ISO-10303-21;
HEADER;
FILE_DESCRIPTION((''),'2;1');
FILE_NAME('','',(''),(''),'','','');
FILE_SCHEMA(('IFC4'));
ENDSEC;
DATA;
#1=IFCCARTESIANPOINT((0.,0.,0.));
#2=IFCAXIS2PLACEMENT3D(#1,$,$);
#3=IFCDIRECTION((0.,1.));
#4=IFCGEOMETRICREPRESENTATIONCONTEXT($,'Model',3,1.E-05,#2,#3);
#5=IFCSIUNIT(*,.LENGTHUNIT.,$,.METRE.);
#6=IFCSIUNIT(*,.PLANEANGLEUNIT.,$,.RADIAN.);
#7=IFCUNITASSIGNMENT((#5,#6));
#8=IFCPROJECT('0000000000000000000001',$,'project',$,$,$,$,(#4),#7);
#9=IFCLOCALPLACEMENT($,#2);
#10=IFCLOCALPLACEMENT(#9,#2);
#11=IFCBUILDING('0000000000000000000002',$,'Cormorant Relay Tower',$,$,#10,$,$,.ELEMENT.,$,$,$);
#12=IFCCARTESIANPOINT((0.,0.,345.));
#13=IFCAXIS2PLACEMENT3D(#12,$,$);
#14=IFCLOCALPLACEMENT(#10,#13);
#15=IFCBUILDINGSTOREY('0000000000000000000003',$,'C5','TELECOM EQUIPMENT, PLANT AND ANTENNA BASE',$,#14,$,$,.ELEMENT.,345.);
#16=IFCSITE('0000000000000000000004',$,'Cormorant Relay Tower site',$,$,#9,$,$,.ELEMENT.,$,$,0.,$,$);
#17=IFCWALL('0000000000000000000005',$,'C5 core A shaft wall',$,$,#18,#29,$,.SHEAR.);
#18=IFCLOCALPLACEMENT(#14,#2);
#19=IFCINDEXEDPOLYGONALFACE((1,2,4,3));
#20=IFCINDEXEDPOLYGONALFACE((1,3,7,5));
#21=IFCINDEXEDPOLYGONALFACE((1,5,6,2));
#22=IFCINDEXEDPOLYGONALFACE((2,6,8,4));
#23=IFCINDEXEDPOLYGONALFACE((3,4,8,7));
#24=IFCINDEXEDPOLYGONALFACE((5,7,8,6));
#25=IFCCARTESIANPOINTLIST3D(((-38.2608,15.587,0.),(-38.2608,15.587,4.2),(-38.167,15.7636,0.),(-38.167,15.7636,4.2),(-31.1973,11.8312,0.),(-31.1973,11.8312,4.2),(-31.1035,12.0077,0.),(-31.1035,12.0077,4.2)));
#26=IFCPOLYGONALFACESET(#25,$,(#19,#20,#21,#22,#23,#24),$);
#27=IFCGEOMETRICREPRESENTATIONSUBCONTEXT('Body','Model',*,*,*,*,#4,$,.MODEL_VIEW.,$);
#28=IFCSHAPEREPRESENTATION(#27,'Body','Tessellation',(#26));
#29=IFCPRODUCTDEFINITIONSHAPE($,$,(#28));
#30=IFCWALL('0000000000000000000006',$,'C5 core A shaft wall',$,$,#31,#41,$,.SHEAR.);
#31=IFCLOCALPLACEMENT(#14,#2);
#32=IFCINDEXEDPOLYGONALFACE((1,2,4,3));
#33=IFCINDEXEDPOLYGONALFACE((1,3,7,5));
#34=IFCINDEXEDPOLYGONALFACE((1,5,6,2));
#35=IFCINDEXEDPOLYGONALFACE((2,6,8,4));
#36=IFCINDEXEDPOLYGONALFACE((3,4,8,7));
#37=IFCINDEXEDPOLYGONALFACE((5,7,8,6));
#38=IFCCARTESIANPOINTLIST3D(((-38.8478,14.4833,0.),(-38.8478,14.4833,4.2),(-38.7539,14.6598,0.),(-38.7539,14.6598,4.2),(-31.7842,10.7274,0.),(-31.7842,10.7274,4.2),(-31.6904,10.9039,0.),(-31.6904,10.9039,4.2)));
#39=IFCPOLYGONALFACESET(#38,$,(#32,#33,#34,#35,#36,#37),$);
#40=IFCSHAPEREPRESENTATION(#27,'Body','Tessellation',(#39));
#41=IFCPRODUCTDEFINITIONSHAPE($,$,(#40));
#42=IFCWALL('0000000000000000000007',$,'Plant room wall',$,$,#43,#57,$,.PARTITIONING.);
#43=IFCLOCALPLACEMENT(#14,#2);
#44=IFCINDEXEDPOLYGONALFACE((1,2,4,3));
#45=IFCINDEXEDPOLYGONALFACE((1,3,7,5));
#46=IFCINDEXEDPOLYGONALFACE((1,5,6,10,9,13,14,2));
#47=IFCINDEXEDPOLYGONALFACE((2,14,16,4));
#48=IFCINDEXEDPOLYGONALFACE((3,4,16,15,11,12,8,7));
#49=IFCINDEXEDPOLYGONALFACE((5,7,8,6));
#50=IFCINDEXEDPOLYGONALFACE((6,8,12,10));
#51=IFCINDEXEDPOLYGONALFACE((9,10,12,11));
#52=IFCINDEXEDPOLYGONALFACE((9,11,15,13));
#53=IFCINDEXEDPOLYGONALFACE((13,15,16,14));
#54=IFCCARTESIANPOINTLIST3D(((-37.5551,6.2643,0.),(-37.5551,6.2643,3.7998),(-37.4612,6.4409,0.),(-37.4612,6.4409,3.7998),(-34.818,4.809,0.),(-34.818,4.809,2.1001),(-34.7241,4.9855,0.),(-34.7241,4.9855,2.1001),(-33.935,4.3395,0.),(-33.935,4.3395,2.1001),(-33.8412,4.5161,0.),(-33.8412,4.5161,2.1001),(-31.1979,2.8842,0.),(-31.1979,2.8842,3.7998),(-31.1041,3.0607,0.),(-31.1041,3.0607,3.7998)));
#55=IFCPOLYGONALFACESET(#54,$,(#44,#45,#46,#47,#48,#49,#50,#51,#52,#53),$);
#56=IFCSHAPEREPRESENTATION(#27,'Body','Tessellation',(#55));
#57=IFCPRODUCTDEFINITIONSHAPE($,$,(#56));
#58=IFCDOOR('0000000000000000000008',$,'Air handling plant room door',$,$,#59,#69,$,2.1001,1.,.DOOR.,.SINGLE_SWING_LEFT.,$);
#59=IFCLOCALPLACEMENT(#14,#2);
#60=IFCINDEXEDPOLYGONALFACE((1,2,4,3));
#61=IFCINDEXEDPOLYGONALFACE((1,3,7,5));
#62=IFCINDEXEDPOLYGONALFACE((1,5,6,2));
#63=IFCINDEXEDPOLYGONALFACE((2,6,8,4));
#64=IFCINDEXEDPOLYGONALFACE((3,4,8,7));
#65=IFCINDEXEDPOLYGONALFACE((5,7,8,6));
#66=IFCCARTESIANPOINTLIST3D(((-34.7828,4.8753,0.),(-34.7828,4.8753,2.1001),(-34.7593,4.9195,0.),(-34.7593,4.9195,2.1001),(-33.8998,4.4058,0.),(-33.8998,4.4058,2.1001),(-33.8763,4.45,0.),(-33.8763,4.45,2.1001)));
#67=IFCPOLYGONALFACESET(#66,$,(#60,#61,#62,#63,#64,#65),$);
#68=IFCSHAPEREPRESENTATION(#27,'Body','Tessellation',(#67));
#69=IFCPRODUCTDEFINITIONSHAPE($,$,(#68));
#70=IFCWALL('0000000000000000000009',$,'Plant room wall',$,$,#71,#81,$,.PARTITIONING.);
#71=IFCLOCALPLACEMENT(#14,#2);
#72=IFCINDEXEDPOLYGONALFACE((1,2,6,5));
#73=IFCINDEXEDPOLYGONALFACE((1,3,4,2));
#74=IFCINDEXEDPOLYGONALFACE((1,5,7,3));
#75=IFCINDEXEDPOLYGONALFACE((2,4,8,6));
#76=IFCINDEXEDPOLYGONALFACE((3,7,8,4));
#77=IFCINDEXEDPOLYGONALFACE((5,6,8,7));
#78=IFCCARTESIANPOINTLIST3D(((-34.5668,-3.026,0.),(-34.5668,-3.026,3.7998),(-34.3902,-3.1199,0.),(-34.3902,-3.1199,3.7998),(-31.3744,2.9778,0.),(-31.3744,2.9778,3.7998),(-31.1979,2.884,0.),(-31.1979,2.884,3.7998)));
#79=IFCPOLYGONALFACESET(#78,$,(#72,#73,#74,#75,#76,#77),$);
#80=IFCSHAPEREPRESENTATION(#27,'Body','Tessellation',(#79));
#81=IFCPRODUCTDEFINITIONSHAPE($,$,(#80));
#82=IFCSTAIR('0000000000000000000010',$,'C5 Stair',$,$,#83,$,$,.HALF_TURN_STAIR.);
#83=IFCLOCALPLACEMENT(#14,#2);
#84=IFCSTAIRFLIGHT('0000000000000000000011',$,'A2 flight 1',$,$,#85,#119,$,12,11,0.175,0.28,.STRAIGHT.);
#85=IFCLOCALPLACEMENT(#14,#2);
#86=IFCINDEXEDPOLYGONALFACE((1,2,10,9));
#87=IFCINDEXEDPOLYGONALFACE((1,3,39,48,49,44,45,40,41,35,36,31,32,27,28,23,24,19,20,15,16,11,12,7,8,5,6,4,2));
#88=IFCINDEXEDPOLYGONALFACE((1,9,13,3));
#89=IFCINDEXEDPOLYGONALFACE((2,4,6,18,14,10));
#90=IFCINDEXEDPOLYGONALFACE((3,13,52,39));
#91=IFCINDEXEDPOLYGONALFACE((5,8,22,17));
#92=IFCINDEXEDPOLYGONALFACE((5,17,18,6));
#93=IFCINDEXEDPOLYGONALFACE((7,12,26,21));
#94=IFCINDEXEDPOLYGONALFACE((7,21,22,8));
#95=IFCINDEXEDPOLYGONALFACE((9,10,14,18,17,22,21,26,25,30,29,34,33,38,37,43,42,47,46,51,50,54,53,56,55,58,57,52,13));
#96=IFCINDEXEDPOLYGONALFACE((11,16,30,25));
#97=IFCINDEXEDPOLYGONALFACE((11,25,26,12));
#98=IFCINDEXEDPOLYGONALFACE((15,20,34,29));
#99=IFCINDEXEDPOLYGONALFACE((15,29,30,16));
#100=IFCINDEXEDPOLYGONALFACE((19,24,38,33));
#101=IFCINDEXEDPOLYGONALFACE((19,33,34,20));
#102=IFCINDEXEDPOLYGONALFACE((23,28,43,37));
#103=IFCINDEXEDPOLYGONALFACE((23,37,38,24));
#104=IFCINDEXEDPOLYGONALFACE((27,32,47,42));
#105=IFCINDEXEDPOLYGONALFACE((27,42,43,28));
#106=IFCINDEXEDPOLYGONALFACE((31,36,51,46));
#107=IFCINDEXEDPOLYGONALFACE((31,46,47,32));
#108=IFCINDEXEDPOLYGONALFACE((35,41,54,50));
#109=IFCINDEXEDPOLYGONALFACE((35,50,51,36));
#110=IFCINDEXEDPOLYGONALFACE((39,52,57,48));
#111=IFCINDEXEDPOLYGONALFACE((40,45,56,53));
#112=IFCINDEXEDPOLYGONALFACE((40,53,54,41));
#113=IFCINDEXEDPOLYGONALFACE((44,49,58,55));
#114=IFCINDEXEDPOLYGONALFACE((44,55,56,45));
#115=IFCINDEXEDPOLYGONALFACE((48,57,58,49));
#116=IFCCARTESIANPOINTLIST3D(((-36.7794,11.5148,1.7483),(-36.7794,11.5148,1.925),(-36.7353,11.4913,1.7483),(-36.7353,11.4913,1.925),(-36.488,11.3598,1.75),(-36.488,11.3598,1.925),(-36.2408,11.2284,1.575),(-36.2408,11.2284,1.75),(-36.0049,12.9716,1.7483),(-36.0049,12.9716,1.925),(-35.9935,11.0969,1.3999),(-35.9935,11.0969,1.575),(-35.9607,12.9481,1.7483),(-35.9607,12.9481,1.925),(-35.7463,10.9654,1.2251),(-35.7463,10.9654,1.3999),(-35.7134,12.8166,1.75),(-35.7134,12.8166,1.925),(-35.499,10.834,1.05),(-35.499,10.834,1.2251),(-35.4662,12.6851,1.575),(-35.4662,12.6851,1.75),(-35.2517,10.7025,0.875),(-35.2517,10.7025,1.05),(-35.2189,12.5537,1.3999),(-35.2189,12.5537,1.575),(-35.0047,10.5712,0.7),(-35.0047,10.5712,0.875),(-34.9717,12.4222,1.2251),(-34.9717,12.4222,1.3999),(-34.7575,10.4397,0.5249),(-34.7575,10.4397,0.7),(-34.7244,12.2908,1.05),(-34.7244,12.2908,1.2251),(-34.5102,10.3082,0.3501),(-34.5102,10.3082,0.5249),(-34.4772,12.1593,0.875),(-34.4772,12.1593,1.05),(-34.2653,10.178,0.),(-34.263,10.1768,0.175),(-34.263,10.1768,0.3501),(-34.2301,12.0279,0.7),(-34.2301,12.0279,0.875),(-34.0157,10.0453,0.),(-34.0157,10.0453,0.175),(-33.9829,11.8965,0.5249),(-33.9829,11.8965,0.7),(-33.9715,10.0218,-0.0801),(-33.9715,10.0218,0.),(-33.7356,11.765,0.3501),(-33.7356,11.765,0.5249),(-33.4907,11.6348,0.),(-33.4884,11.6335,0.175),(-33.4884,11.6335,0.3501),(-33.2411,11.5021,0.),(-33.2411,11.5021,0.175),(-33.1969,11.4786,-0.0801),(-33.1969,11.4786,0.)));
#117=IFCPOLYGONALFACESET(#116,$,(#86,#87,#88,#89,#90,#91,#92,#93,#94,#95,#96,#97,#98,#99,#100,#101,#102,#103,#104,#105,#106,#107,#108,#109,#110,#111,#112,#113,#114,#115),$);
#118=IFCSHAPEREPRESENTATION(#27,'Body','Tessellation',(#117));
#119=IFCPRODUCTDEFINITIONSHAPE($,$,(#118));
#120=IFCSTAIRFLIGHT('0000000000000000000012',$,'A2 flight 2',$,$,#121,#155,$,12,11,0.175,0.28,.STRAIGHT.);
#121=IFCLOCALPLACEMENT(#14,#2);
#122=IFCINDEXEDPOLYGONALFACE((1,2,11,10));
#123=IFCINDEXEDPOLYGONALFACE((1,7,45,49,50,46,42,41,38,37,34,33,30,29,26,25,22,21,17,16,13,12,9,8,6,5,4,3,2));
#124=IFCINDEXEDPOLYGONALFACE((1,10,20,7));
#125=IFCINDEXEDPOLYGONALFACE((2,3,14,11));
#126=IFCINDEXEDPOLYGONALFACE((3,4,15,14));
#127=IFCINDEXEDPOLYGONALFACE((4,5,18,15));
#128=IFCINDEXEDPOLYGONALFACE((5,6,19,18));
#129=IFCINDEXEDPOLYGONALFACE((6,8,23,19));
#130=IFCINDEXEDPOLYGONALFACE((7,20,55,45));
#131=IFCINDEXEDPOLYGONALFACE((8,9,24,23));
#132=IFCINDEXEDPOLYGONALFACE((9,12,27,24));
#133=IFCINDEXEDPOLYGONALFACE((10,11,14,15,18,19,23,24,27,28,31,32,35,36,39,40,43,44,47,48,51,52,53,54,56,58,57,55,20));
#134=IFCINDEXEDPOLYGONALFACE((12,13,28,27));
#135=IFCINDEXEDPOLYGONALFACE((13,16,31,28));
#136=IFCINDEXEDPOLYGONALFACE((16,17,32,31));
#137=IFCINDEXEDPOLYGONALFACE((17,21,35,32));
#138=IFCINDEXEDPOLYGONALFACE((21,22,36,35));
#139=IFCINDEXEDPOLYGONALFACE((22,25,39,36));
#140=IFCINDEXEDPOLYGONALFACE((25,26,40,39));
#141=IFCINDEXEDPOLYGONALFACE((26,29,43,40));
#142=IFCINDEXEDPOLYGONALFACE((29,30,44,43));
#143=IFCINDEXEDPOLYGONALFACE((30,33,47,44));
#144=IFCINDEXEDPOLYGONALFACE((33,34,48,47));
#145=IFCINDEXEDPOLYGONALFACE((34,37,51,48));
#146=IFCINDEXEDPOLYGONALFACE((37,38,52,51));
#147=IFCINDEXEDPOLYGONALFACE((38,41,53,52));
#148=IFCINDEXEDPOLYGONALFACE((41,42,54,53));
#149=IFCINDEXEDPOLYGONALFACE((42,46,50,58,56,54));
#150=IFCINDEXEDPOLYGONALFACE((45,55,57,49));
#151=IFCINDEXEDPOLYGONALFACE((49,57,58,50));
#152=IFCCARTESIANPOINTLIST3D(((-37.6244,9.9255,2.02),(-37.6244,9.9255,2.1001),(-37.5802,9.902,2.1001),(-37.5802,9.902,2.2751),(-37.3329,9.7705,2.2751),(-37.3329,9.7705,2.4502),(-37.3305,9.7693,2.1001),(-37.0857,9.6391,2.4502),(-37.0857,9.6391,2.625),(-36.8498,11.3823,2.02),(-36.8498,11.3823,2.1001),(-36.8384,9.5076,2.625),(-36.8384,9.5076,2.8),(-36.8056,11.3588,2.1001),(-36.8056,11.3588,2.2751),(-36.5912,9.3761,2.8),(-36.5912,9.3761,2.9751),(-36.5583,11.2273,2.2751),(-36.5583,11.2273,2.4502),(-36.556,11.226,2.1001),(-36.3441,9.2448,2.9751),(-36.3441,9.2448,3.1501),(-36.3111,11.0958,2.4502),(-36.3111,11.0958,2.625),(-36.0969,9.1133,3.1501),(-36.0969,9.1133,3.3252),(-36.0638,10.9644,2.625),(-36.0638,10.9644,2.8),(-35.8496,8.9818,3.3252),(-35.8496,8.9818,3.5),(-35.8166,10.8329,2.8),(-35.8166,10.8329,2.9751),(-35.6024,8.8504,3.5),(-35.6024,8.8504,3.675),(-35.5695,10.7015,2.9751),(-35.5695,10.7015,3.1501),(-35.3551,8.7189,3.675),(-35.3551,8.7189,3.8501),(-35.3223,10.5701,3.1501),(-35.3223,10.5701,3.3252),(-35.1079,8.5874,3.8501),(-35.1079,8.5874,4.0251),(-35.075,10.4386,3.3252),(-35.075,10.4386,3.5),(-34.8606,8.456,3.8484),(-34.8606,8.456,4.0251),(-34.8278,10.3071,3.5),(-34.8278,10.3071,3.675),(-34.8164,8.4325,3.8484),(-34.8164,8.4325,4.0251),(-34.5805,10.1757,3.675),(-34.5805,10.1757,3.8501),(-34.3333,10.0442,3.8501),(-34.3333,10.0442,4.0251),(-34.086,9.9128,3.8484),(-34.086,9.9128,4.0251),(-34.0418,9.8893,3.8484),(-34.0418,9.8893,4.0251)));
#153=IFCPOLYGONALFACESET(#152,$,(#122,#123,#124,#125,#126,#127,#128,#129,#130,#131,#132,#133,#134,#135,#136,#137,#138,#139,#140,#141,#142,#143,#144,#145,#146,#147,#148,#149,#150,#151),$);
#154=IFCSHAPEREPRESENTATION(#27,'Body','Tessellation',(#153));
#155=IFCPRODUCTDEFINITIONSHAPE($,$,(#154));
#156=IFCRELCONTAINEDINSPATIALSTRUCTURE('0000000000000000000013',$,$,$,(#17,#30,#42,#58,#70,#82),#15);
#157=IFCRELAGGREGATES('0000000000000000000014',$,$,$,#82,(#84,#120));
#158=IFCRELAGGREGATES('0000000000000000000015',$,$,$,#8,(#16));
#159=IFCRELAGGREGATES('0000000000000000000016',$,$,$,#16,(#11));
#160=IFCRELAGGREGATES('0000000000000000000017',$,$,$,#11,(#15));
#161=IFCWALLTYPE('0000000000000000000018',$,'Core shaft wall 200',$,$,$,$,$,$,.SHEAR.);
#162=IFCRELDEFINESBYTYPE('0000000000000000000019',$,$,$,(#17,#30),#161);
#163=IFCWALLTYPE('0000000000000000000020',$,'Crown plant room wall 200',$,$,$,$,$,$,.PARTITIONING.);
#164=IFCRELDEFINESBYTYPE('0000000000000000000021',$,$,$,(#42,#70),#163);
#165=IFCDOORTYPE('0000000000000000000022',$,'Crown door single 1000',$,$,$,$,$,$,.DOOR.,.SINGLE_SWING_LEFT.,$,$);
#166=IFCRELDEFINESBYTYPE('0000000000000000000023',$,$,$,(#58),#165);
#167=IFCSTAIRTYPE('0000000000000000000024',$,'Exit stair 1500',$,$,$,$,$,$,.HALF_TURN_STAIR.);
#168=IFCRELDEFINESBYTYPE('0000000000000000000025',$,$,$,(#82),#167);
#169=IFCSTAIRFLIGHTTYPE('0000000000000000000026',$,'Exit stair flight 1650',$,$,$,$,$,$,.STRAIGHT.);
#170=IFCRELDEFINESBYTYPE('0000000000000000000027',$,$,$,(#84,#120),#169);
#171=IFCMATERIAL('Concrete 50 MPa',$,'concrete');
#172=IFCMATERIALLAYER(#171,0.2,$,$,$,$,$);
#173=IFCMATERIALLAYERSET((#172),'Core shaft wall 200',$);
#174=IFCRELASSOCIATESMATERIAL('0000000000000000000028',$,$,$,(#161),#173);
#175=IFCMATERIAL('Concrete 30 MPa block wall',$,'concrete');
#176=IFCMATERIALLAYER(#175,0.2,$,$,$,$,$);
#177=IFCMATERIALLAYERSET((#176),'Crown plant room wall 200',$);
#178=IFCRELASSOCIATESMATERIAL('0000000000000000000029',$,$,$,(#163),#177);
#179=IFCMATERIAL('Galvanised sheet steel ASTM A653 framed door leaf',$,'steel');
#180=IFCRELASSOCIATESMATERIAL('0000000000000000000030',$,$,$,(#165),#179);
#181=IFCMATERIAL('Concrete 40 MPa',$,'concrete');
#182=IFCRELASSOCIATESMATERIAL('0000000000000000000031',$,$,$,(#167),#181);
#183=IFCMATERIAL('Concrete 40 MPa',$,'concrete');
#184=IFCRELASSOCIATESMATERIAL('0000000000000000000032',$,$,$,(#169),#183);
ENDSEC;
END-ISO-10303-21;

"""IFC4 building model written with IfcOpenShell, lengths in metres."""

from ifc_helpers import new_model, si_unit, direction, frame, frame_2d, origin, place, context, subcontext, project, spatial, polyline, rectangle, outline, extrude, material, layer, layer_set, type_object, element, fill, aggregate, save


model = new_model("IFC4")

# Units and contexts
model_context = context("Model", 3, precision=1e-05, world=origin(), true_north=direction((0.0, 1.0)))
body_context = subcontext(model_context, "Body", "Model", "MODEL_VIEW")
ifc_project = project(units=[si_unit("LENGTHUNIT", "METRE"), si_unit("PLANEANGLEUNIT", "RADIAN")], contexts=[model_context])

# Site, building, storey
site_placement = place(None, origin())
site = spatial("IfcSite", under=ifc_project, at=site_placement, Name="Cormorant Relay Tower site", CompositionType="ELEMENT", RefElevation=0.0)
building_placement = place(site_placement, origin())
building = spatial("IfcBuilding", under=site, at=building_placement, Name="Cormorant Relay Tower", CompositionType="ELEMENT")
storey_placement = place(building_placement, frame((0.0, 0.0, 345.0)))
storey = spatial("IfcBuildingStorey", under=building, at=storey_placement, Name="C5", Description="TELECOM EQUIPMENT, PLANT AND ANTENNA BASE", CompositionType="ELEMENT", Elevation=345.0)

# Shared definitions
ifc_material_1 = material(Name="Concrete 50 MPa", Category="concrete")
ifc_layer_1 = layer(ifc_material_1, 0.2)
ifc_layer_set_1 = layer_set([ifc_layer_1], Name="Core shaft wall 200")
wall_type_1 = type_object("IfcWallType", Name="Core shaft wall 200", PredefinedType="SHEAR", material=ifc_layer_set_1)

# Walls
for number, where, z_axis, x_axis, name in (
    (1, (-31.1504, 11.9194, 0.0), (0.0, 0.0, 1.0), (-0.88294, 0.469485, 0.0), "C5 core A shaft wall"),
    (2, (-31.7373, 10.8157, 0.0), (0.0, 0.0, 1.0), (-0.88294, 0.469485, 0.0), "C5 core A shaft wall"),
):
    element("IfcWall", number, at=place(storey_placement, frame(where, z_axis=z_axis, x_axis=x_axis)), inside=storey, type_object=wall_type_1, Name=name, PredefinedType="SHEAR", context=body_context, shape_type="SweptSolid", body=[
        extrude(rectangle(XDim=8.0, YDim=0.2, at=frame_2d((4.0, 0.0))), origin(), (0.0, 0.0, 1.0), 4.2),
    ])

# Wall, opening, door
ifc_material_2 = material(Name="Concrete 30 MPa block wall", Category="concrete")
ifc_layer_2 = layer(ifc_material_2, 0.2)
ifc_layer_set_2 = layer_set([ifc_layer_2], Name="Crown plant room wall 200")
wall_type_2 = type_object("IfcWallType", Name="Crown plant room wall 200", PredefinedType="PARTITIONING", material=ifc_layer_set_2)
wall_1_placement = place(storey_placement, frame((-31.1509, 2.9724, 0.0), z_axis=(0.0, 0.0, 1.0), x_axis=(-0.88295, 0.469467, 0.0)))
wall_1 = element("IfcWall", 3, at=wall_1_placement, inside=storey, type_object=wall_type_2, Name="Plant room wall", PredefinedType="PARTITIONING", context=body_context, shape_type="SweptSolid", body=[
    extrude(rectangle(XDim=7.2, YDim=0.2, at=frame_2d((3.6001, 0.0))), origin(), (0.0, 0.0, 1.0), 3.7998),
])
opening_1_placement = place(wall_1_placement, frame((3.1001, 0.0, 0.0)))
opening_1 = element("IfcOpeningElement", 4, at=opening_1_placement, cuts=wall_1, PredefinedType="OPENING", context=body_context, shape_type="SweptSolid", body=[
    extrude(rectangle(XDim=1.0, YDim=2.1001, at=frame_2d((0.5, 1.05))), frame((0.0, 0.1099, 0.0), z_axis=(0.0, -1.0, 0.0), x_axis=(1.0, 0.0, 0.0)), (0.0, 0.0, 1.0), 0.22),
])
ifc_material_3 = material(Name="Galvanised sheet steel ASTM A653 framed door leaf", Category="steel")
door_type_1 = type_object("IfcDoorType", Name="Crown door single 1000", OperationType="SINGLE_SWING_LEFT", PredefinedType="DOOR", material=ifc_material_3)
door_1_placement = place(opening_1_placement, origin())
door_1 = element("IfcDoor", 5, at=door_1_placement, inside=storey, type_object=door_type_1, Name="Air handling plant room door", OperationType="SINGLE_SWING_LEFT", OverallHeight=2.1001, OverallWidth=1.0, PredefinedType="DOOR", context=body_context, shape_type="SweptSolid", body=[
    extrude(rectangle(XDim=1.0, YDim=2.1001, at=frame_2d((0.5, 1.05))), frame((0.0, 0.0249, 0.0), z_axis=(0.0, -1.0, 0.0), x_axis=(1.0, 0.0, 0.0)), (0.0, 0.0, 1.0), 0.05),
])
fill(opening_1, door_1)

# Wall
wall_2_placement = place(storey_placement, frame((-31.2861, 2.9309, 0.0), z_axis=(0.0, 0.0, 1.0), x_axis=(-0.469477, -0.882945, 0.0)))
element("IfcWall", 6, at=wall_2_placement, inside=storey, type_object=wall_type_2, Name="Plant room wall", PredefinedType="PARTITIONING", context=body_context, shape_type="SweptSolid", body=[
    extrude(rectangle(XDim=6.7998, YDim=0.2, at=frame_2d((3.3999, 0.0))), origin(), (0.0, 0.0, 1.0), 3.7998),
])

# Stair, stair flights
ifc_material_4 = material(Name="Concrete 40 MPa", Category="concrete")
stair_type = type_object("IfcStairType", Name="Exit stair 1500", PredefinedType="HALF_TURN_STAIR", material=ifc_material_4)
stair_placement = place(storey_placement, origin())
stair = element("IfcStair", 7, at=stair_placement, inside=storey, type_object=stair_type, Name="C5 Stair", PredefinedType="HALF_TURN_STAIR")
ifc_material_5 = material(Name="Concrete 40 MPa", Category="concrete")
stair_flight_type = type_object("IfcStairFlightType", Name="Exit stair flight 1650", PredefinedType="STRAIGHT", material=ifc_material_5)
stair_flight_1_placement = place(storey_placement, frame((-33.6284, 10.7737, 0.0), z_axis=(0.0, 0.0, 1.0), x_axis=(-0.882948, 0.469472, 0.0)))
stair_flight_1 = element("IfcStairFlight", 8, at=stair_flight_1_placement, type_object=stair_flight_type, Name="A2 flight 1", NumberOfRisers=12, NumberOfTreads=11, PredefinedType="STRAIGHT", RiserHeight=0.175, TreadLength=0.28, context=body_context, shape_type="SweptSolid", body=[
    extrude(outline(polyline([(-0.05, -0.0801), (-0.05, 0.0), (0.0, 0.0), (0.0, 0.175), (0.28, 0.175), (0.28, 0.3501), (0.5601, 0.3501), (0.5601, 0.5249), (0.8401, 0.5249), (0.8401, 0.7), (1.1201, 0.7), (1.1201, 0.875), (1.3999, 0.875), (1.3999, 1.05), (1.6799, 1.05), (1.6799, 1.2251), (1.96, 1.2251), (1.96, 1.3999), (2.24, 1.3999), (2.24, 1.575), (2.52, 1.575), (2.52, 1.75), (2.8, 1.75), (2.8, 1.925), (3.0801, 1.925), (3.1301, 1.925), (3.1301, 1.7483), (3.0801, 1.7483), (0.2827, 0.0), (-0.05, -0.0801)])), frame((0.0, 0.825, 0.0), z_axis=(0.0, -1.0, 0.0), x_axis=(1.0, 0.0, 0.0)), (0.0, 0.0, 1.0), 1.6499),
])
stair_flight_2_placement = place(storey_placement, frame((-37.1929, 10.6304, 2.1001), z_axis=(0.0, 0.0, 1.0), x_axis=(0.882948, -0.469472, 0.0)))
stair_flight_2 = element("IfcStairFlight", 9, at=stair_flight_2_placement, type_object=stair_flight_type, Name="A2 flight 2", NumberOfRisers=12, NumberOfTreads=11, PredefinedType="STRAIGHT", RiserHeight=0.175, TreadLength=0.28, context=body_context, shape_type="SweptSolid", body=[
    extrude(outline(polyline([(-0.05, -0.0801), (-0.05, 0.0), (0.0, 0.0), (0.0, 0.175), (0.28, 0.175), (0.28, 0.3501), (0.5601, 0.3501), (0.5601, 0.5249), (0.8401, 0.5249), (0.8401, 0.7), (1.1201, 0.7), (1.1201, 0.875), (1.3999, 0.875), (1.3999, 1.05), (1.6799, 1.05), (1.6799, 1.2251), (1.96, 1.2251), (1.96, 1.3999), (2.24, 1.3999), (2.24, 1.575), (2.52, 1.575), (2.52, 1.75), (2.8, 1.75), (2.8, 1.925), (3.0801, 1.925), (3.1301, 1.925), (3.1301, 1.7483), (3.0801, 1.7483), (0.2827, 0.0), (-0.05, -0.0801)])), frame((0.0, 0.825, 0.0), z_axis=(0.0, -1.0, 0.0), x_axis=(1.0, 0.0, 0.0)), (0.0, 0.0, 1.0), 1.6499),
])
aggregate(stair, [stair_flight_1, stair_flight_2])

save(model, "model.ifc")
